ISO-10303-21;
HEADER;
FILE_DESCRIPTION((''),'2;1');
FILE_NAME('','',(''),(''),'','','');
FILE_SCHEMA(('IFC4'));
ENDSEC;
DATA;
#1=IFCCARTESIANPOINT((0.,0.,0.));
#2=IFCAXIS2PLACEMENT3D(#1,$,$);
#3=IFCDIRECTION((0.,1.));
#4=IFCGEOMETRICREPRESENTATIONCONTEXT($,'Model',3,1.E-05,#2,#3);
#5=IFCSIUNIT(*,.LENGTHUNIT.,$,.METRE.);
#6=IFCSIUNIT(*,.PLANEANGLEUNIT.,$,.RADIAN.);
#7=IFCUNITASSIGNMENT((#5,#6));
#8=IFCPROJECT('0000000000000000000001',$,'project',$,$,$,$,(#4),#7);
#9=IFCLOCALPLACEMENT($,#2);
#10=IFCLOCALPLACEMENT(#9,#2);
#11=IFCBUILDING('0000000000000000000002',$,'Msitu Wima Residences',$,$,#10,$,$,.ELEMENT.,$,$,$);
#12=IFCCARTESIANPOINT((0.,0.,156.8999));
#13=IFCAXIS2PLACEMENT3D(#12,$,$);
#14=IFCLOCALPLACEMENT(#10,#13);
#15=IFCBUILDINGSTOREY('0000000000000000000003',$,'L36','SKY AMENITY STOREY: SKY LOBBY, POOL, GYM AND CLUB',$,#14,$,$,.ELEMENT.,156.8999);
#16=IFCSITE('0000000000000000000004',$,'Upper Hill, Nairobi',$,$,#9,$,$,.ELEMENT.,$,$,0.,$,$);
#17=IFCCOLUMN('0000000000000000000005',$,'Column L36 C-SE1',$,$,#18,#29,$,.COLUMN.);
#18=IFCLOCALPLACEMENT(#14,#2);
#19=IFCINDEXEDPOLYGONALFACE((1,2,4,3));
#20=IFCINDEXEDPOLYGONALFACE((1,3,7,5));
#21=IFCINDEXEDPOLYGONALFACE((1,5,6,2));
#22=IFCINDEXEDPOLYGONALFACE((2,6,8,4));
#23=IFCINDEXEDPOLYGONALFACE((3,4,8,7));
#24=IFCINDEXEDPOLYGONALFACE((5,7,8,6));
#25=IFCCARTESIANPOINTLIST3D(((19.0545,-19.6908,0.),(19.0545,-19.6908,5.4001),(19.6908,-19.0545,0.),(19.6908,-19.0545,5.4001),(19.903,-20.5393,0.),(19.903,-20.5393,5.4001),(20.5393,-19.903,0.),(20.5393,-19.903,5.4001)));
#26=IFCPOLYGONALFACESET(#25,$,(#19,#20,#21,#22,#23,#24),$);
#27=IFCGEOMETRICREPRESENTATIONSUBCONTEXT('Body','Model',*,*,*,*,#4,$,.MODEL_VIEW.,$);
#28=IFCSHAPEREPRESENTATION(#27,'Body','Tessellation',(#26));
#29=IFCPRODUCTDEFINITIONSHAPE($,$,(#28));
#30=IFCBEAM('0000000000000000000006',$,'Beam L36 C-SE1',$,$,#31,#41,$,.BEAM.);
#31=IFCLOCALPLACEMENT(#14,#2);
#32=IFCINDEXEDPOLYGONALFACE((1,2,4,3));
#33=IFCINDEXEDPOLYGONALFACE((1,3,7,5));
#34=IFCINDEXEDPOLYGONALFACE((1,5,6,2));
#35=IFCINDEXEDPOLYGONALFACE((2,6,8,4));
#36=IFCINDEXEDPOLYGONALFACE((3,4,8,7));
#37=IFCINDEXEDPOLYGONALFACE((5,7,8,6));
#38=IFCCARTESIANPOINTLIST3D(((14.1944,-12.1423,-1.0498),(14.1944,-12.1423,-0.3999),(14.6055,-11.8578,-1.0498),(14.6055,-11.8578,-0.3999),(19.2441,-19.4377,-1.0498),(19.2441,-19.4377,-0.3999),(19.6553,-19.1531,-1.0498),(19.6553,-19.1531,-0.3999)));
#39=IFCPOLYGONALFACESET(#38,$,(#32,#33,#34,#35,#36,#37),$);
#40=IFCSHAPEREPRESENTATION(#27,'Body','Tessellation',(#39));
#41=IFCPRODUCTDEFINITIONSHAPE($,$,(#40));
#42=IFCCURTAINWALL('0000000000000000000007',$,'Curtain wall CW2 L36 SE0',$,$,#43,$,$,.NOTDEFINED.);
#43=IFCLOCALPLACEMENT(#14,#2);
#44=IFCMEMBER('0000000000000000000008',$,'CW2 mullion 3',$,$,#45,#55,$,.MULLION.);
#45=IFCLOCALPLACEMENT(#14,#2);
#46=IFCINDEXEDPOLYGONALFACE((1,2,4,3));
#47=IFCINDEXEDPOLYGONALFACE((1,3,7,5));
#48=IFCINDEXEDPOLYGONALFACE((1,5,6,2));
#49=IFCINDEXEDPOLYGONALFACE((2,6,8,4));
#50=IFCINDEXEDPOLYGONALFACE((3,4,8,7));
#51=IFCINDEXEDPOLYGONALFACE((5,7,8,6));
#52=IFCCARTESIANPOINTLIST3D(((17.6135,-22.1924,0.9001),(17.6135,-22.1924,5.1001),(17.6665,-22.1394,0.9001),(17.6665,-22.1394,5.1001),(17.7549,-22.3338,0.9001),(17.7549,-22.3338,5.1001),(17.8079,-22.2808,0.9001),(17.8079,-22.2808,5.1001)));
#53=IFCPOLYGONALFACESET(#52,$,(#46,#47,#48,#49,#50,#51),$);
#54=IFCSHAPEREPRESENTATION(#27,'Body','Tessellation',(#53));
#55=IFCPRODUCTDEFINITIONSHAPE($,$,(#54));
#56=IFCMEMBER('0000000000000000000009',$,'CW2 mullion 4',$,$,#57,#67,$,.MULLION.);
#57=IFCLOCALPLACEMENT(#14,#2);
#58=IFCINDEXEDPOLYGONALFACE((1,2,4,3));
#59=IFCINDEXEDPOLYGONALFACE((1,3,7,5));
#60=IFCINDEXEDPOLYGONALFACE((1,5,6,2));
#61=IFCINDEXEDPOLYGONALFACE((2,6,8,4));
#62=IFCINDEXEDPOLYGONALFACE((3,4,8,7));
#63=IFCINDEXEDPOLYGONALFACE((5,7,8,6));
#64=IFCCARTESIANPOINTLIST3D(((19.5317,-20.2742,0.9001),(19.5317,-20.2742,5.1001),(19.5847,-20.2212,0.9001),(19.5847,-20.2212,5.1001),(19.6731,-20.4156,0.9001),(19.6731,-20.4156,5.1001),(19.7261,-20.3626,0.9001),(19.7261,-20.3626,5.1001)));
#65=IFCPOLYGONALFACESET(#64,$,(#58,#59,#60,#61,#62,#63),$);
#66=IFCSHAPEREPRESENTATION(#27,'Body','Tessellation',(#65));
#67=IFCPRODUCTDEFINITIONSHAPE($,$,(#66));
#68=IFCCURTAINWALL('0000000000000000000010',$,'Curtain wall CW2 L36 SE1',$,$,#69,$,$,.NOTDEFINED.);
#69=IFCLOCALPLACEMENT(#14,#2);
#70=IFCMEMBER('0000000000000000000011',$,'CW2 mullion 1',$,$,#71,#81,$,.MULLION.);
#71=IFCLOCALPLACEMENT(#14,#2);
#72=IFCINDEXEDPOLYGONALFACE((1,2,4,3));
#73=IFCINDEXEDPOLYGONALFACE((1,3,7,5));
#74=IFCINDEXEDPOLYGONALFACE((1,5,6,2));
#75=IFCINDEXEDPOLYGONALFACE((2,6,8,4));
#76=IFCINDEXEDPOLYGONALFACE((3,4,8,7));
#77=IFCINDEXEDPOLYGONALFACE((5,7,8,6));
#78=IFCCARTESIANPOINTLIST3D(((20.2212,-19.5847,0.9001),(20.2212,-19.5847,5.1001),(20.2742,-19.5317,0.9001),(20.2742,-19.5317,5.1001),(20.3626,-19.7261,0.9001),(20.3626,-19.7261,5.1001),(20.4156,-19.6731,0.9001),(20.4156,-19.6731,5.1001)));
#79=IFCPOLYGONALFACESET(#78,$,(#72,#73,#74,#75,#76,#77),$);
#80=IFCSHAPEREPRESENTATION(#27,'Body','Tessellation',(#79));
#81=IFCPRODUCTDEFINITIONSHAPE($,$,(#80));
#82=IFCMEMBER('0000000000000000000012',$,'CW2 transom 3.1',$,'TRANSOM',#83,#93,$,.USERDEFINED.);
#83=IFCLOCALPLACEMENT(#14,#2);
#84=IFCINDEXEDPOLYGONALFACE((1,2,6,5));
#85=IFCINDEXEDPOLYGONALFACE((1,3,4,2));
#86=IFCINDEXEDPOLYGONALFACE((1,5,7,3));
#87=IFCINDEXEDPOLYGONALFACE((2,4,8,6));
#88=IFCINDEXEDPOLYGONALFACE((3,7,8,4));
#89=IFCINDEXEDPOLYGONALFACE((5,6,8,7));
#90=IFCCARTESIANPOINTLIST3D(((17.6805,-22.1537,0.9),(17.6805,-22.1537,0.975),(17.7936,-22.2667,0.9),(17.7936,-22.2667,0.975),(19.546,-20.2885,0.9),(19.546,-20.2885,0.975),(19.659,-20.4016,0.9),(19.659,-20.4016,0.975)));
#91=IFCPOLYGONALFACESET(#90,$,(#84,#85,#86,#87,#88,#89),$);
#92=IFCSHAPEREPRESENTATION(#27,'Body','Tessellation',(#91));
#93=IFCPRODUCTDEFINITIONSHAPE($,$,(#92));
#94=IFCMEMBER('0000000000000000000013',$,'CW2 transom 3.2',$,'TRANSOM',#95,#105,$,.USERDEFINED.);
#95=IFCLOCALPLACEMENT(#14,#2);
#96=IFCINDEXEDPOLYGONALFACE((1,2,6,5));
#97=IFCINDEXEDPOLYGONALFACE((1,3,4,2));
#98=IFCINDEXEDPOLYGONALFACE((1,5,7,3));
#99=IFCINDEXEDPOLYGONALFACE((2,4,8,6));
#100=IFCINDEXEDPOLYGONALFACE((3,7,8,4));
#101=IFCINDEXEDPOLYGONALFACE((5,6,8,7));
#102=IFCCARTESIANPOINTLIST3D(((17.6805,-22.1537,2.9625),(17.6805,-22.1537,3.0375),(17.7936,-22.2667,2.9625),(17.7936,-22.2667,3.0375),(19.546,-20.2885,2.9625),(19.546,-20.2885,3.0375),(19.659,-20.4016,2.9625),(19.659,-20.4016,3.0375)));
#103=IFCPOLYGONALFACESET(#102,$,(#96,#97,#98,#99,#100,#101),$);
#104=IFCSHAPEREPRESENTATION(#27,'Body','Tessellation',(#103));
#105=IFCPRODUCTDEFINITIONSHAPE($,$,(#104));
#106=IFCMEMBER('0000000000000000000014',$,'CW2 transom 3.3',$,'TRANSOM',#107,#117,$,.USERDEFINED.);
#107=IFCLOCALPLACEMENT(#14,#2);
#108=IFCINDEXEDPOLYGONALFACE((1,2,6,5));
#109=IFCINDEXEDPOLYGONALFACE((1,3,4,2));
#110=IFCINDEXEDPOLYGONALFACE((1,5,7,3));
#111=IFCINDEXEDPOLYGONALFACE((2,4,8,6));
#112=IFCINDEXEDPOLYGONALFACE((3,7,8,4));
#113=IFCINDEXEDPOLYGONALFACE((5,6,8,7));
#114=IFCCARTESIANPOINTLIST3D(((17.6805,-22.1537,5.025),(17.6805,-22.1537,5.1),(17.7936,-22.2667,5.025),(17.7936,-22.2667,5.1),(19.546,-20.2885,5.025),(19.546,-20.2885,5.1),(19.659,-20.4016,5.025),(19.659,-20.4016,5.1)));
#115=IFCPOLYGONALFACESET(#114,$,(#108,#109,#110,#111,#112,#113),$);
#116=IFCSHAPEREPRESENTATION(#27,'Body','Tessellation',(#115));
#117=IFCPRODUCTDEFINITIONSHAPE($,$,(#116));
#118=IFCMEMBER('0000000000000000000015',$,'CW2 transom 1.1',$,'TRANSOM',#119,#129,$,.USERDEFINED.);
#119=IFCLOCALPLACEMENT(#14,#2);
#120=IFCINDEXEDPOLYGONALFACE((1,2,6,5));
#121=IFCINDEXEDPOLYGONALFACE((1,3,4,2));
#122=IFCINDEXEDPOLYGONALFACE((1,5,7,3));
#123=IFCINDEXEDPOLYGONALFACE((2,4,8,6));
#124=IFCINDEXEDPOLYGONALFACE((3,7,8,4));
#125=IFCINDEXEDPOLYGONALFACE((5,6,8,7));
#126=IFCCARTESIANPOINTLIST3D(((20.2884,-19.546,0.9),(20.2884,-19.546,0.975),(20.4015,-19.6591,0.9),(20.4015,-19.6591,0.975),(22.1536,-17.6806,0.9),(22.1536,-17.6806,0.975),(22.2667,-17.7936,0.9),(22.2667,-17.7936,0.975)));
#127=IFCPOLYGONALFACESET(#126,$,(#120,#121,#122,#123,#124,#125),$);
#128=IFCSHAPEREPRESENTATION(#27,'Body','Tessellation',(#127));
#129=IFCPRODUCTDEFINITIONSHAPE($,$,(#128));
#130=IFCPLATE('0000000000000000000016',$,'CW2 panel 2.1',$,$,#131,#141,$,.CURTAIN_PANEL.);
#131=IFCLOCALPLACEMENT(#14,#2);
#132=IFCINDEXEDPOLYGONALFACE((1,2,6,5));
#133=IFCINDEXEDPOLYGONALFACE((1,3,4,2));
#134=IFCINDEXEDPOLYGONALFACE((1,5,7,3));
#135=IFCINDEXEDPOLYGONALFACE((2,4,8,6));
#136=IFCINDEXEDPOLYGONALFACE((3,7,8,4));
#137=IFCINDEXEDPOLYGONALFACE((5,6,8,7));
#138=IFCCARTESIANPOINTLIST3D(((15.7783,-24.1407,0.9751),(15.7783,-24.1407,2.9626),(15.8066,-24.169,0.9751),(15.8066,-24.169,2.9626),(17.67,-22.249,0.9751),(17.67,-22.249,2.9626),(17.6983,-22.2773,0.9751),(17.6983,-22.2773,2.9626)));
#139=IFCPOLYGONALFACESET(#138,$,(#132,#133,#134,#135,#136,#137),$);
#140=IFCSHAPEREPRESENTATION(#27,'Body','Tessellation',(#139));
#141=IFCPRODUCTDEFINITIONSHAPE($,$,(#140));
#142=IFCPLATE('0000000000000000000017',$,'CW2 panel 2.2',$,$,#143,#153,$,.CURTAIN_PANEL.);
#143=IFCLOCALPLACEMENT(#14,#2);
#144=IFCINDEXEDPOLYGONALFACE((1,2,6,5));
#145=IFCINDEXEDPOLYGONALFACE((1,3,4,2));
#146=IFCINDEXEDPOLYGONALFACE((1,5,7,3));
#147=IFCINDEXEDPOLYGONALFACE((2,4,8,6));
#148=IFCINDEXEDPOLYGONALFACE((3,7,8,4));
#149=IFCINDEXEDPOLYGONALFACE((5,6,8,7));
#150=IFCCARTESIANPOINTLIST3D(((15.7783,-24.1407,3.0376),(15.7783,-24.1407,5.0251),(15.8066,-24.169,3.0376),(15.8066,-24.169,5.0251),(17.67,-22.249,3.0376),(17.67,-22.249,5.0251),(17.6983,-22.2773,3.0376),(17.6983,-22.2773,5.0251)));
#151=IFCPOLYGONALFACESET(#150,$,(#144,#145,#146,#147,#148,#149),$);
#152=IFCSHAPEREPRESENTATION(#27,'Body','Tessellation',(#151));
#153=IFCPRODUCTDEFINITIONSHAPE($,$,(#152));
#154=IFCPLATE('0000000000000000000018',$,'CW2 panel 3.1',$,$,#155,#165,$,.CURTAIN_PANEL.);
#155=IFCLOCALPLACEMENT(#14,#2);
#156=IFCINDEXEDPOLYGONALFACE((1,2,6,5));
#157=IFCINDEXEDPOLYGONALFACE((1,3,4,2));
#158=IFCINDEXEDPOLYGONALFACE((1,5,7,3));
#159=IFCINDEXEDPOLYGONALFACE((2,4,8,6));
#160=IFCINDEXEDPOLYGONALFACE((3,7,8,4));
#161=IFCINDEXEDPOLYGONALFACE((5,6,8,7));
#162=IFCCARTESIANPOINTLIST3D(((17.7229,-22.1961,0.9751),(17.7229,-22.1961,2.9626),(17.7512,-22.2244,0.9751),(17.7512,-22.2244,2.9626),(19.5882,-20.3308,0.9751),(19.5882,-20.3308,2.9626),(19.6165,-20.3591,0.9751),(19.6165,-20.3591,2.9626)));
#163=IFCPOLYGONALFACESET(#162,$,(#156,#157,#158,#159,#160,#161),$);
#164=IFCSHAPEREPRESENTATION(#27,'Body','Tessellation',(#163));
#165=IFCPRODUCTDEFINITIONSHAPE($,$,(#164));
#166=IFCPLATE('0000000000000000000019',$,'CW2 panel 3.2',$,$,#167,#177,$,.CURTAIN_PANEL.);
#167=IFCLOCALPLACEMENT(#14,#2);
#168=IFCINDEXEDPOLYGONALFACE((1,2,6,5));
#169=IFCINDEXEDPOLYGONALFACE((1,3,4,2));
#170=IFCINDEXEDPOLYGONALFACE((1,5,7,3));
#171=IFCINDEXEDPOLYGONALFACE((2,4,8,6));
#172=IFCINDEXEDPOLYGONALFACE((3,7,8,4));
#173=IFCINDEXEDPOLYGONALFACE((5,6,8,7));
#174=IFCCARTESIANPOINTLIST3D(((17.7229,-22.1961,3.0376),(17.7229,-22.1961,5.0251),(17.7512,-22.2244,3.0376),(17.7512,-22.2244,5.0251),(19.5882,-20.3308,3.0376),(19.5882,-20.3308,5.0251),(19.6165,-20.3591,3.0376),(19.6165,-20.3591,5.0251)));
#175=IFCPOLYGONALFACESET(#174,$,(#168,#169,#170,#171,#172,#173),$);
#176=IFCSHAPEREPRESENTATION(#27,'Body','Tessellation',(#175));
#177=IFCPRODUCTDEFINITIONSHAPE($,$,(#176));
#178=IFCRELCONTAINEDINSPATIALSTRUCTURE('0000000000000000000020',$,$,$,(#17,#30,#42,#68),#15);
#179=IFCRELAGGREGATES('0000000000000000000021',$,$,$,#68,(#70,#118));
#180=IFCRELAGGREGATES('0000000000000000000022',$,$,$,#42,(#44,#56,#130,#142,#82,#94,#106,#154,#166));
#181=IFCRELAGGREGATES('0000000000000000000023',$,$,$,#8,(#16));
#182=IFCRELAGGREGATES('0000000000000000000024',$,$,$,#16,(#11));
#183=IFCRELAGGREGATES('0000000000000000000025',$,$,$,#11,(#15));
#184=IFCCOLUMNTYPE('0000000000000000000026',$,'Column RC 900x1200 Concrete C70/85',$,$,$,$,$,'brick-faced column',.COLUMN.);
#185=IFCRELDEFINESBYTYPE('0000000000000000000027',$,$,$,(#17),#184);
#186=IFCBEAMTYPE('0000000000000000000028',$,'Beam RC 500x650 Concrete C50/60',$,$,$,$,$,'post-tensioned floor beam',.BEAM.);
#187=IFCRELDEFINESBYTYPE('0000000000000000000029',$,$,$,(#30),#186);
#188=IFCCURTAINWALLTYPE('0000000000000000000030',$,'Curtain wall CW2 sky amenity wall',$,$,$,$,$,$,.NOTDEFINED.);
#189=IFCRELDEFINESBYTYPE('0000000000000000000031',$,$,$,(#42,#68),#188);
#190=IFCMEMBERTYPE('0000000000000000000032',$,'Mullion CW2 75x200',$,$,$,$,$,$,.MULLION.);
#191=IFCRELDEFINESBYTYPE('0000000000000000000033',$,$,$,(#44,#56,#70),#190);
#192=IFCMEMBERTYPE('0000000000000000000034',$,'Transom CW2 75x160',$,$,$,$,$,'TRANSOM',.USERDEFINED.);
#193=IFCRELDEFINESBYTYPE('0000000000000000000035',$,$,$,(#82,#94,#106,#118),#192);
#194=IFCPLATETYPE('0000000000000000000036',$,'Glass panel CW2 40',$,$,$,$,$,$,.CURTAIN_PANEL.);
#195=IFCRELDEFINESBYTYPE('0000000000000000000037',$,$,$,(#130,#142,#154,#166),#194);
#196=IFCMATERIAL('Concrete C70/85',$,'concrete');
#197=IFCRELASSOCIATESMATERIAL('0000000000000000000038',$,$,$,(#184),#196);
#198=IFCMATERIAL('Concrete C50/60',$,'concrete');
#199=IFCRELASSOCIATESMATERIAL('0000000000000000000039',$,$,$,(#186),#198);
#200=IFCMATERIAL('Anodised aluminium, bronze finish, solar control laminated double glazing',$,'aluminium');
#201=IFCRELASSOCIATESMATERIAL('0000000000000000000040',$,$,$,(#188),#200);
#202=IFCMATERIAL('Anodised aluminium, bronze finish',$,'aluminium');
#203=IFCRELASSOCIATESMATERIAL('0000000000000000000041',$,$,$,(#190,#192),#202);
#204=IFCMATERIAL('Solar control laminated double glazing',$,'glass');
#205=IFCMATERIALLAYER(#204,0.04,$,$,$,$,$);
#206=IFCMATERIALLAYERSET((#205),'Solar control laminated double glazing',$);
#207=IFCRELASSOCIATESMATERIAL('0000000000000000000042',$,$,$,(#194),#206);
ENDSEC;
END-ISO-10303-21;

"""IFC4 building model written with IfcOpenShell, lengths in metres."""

from ifc_helpers import new_model, si_unit, direction, frame, origin, origin_2d, place, context, subcontext, project, spatial, rectangle, extrude, material, layer, layer_set, material_profile, profile_set, type_object, element, aggregate, save


model = new_model("IFC4")

# Units and contexts
model_context = context("Model", 3, precision=1e-05, world=origin(), true_north=direction((0.0, 1.0)))
body_context = subcontext(model_context, "Body", "Model", "MODEL_VIEW")
ifc_project = project(units=[si_unit("LENGTHUNIT", "METRE"), si_unit("PLANEANGLEUNIT", "RADIAN")], contexts=[model_context])

# Site, building, storey
site_placement = place(None, origin())
site = spatial("IfcSite", under=ifc_project, at=site_placement, Name="Upper Hill, Nairobi", CompositionType="ELEMENT", RefElevation=0.0)
building_placement = place(site_placement, origin())
building = spatial("IfcBuilding", under=site, at=building_placement, Name="Msitu Wima Residences", CompositionType="ELEMENT")
storey_placement = place(building_placement, frame((0.0, 0.0, 156.8999)))
storey = spatial("IfcBuildingStorey", under=building, at=storey_placement, Name="L36", Description="SKY AMENITY STOREY: SKY LOBBY, POOL, GYM AND CLUB", CompositionType="ELEMENT", Elevation=156.8999)

# Column
ifc_material_1 = material(Name="Concrete C70/85", Category="concrete")
ifc_material_profile_1 = material_profile(ifc_material_1, rectangle(XDim=0.8999, YDim=1.2, at=origin_2d()), Name="RC 900x1200")
ifc_profile_set_1 = profile_set([ifc_material_profile_1], Name="Concrete C70/85")
column_type = type_object("IfcColumnType", Name="Column RC 900x1200 Concrete C70/85", ElementType="brick-faced column", PredefinedType="COLUMN", material=ifc_profile_set_1)
column_placement = place(storey_placement, frame((19.7969, -19.7969, 0.0), z_axis=(0.0, 0.0, 1.0), x_axis=(0.707107, 0.707107, 0.0)))
element("IfcColumn", 1, at=column_placement, inside=storey, type_object=column_type, Name="Column L36 C-SE1", PredefinedType="COLUMN", context=body_context, shape_type="SweptSolid", body=[
    extrude(rectangle(XDim=0.8999, YDim=1.2, at=origin_2d()), origin(), (0.0, 0.0, 1.0), 5.4001),
])

# Beam
ifc_material_2 = material(Name="Concrete C50/60", Category="concrete")
ifc_material_profile_2 = material_profile(ifc_material_2, rectangle(XDim=0.5, YDim=0.6499, at=origin_2d()), Name="RC 500x650")
ifc_profile_set_2 = profile_set([ifc_material_profile_2], Name="Concrete C50/60")
beam_type = type_object("IfcBeamType", Name="Beam RC 500x650 Concrete C50/60", ElementType="post-tensioned floor beam", PredefinedType="BEAM", material=ifc_profile_set_2)
beam_placement = place(storey_placement, frame((19.4497, -19.2954, -0.7249), z_axis=(-0.569144, 0.822238, 0.0), x_axis=(-0.822238, -0.569144, 0.0)))
element("IfcBeam", 2, at=beam_placement, inside=storey, type_object=beam_type, Name="Beam L36 C-SE1", PredefinedType="BEAM", context=body_context, shape_type="SweptSolid", body=[
    extrude(rectangle(XDim=0.5, YDim=0.6499, at=origin_2d()), origin(), (0.0, 0.0, 1.0), 8.8726),
])

# Curtain wall, members
ifc_material_3 = material(Name="Anodised aluminium, bronze finish, solar control laminated double glazing", Category="aluminium")
curtain_wall_type = type_object("IfcCurtainWallType", Name="Curtain wall CW2 sky amenity wall", PredefinedType="NOTDEFINED", material=ifc_material_3)
curtain_wall_1_placement = place(storey_placement, origin())
curtain_wall_1 = element("IfcCurtainWall", 3, at=curtain_wall_1_placement, inside=storey, type_object=curtain_wall_type, Name="Curtain wall CW2 L36 SE0", PredefinedType="NOTDEFINED")
ifc_material_4 = material(Name="Anodised aluminium, bronze finish", Category="aluminium")
ifc_material_profile_3 = material_profile(ifc_material_4, rectangle(XDim=0.2, YDim=0.075, at=origin_2d()), Name="Mullion 75x200")
ifc_profile_set_3 = profile_set([ifc_material_profile_3], Name="Anodised aluminium, bronze finish")
member_type_1 = type_object("IfcMemberType", Name="Mullion CW2 75x200", PredefinedType="MULLION", material=ifc_profile_set_3)
member_1_placement = place(storey_placement, frame((17.7107, -22.2366, 0.9001), z_axis=(0.0, 0.0, 1.0), x_axis=(-0.707107, 0.707107, 0.0)))
member_1 = element("IfcMember", 4, at=member_1_placement, type_object=member_type_1, Name="CW2 mullion 3", PredefinedType="MULLION", context=body_context, shape_type="SweptSolid", body=[
    extrude(rectangle(XDim=0.2, YDim=0.075, at=origin_2d()), origin(), (0.0, 0.0, 1.0), 4.2),
])
member_2_placement = place(storey_placement, frame((19.6289, -20.3184, 0.9001), z_axis=(0.0, 0.0, 1.0), x_axis=(-0.707107, 0.707107, 0.0)))
member_2 = element("IfcMember", 5, at=member_2_placement, type_object=member_type_1, Name="CW2 mullion 4", PredefinedType="MULLION", context=body_context, shape_type="SweptSolid", body=[
    extrude(rectangle(XDim=0.2, YDim=0.075, at=origin_2d()), origin(), (0.0, 0.0, 1.0), 4.2),
])

# Curtain wall, member
curtain_wall_2_placement = place(storey_placement, origin())
curtain_wall_2 = element("IfcCurtainWall", 6, at=curtain_wall_2_placement, inside=storey, type_object=curtain_wall_type, Name="Curtain wall CW2 L36 SE1", PredefinedType="NOTDEFINED")
member_3_placement = place(storey_placement, frame((20.3184, -19.6289, 0.9001), z_axis=(0.0, 0.0, 1.0), x_axis=(-0.707107, 0.707107, 0.0)))
member_3 = element("IfcMember", 7, at=member_3_placement, type_object=member_type_1, Name="CW2 mullion 1", PredefinedType="MULLION", context=body_context, shape_type="SweptSolid", body=[
    extrude(rectangle(XDim=0.2, YDim=0.075, at=origin_2d()), origin(), (0.0, 0.0, 1.0), 4.2),
])

# Members
ifc_material_profile_4 = material_profile(ifc_material_4, rectangle(XDim=0.1599, YDim=0.075, at=origin_2d()), Name="Transom 75x160")
ifc_profile_set_4 = profile_set([ifc_material_profile_4], Name="Anodised aluminium, bronze finish")
member_type_2 = type_object("IfcMemberType", Name="Transom CW2 75x160", ElementType="TRANSOM", PredefinedType="USERDEFINED", material=ifc_profile_set_4)
member_4_placement = place(storey_placement, frame((17.7371, -22.2102, 0.9375), z_axis=(0.707153, 0.707061, 0.0), x_axis=(-0.707061, 0.707153, 0.0)))
member_4 = element("IfcMember", 8, at=member_4_placement, type_object=member_type_2, Name="CW2 transom 3.1", ObjectType="TRANSOM", PredefinedType="USERDEFINED", context=body_context, shape_type="SweptSolid", body=[
    extrude(rectangle(XDim=0.1599, YDim=0.075, at=origin_2d()), origin(), (0.0, 0.0, 1.0), 2.6379),
])
member_5_placement = place(storey_placement, frame((17.7371, -22.2102, 3.0), z_axis=(0.707153, 0.707061, 0.0), x_axis=(-0.707061, 0.707153, 0.0)))
member_5 = element("IfcMember", 9, at=member_5_placement, type_object=member_type_2, Name="CW2 transom 3.2", ObjectType="TRANSOM", PredefinedType="USERDEFINED", context=body_context, shape_type="SweptSolid", body=[
    extrude(rectangle(XDim=0.1599, YDim=0.075, at=origin_2d()), origin(), (0.0, 0.0, 1.0), 2.6379),
])
member_6_placement = place(storey_placement, frame((17.7371, -22.2102, 5.0625), z_axis=(0.707153, 0.707061, 0.0), x_axis=(-0.707061, 0.707153, 0.0)))
member_6 = element("IfcMember", 10, at=member_6_placement, type_object=member_type_2, Name="CW2 transom 3.3", ObjectType="TRANSOM", PredefinedType="USERDEFINED", context=body_context, shape_type="SweptSolid", body=[
    extrude(rectangle(XDim=0.1599, YDim=0.075, at=origin_2d()), origin(), (0.0, 0.0, 1.0), 2.6379),
])
member_7_placement = place(storey_placement, frame((20.345, -19.6025, 0.9375), z_axis=(0.707061, 0.707153, 0.0), x_axis=(-0.707153, 0.707061, 0.0)))
member_7 = element("IfcMember", 11, at=member_7_placement, type_object=member_type_2, Name="CW2 transom 1.1", ObjectType="TRANSOM", PredefinedType="USERDEFINED", context=body_context, shape_type="SweptSolid", body=[
    extrude(rectangle(XDim=0.1599, YDim=0.075, at=origin_2d()), origin(), (0.0, 0.0, 1.0), 2.6379),
])
aggregate(curtain_wall_2, [member_3, member_7])

# Plates
ifc_material_5 = material(Name="Solar control laminated double glazing", Category="glass")
ifc_layer_1 = layer(ifc_material_5, 0.04)
ifc_layer_set_1 = layer_set([ifc_layer_1], Name="Solar control laminated double glazing")
plate_type = type_object("IfcPlateType", Name="Glass panel CW2 40", PredefinedType="CURTAIN_PANEL", material=ifc_layer_set_1)
plate_1_placement = place(storey_placement, frame((16.7383, -23.209, 0.9751), z_axis=(0.0, 0.0, 1.0), x_axis=(0.707107, 0.707107, 0.0)))
plate_1 = element("IfcPlate", 12, at=plate_1_placement, type_object=plate_type, Name="CW2 panel 2.1", PredefinedType="CURTAIN_PANEL", context=body_context, shape_type="SweptSolid", body=[
    extrude(rectangle(XDim=2.6753, YDim=0.04, at=origin_2d()), origin(), (0.0, 0.0, 1.0), 1.9875),
])
plate_2_placement = place(storey_placement, frame((16.7383, -23.209, 3.0376), z_axis=(0.0, 0.0, 1.0), x_axis=(0.707107, 0.707107, 0.0)))
plate_2 = element("IfcPlate", 13, at=plate_2_placement, type_object=plate_type, Name="CW2 panel 2.2", PredefinedType="CURTAIN_PANEL", context=body_context, shape_type="SweptSolid", body=[
    extrude(rectangle(XDim=2.6753, YDim=0.04, at=origin_2d()), origin(), (0.0, 0.0, 1.0), 1.9875),
])
plate_3_placement = place(storey_placement, frame((18.6697, -21.2776, 0.9751), z_axis=(0.0, 0.0, 1.0), x_axis=(0.707107, 0.707107, 0.0)))
plate_3 = element("IfcPlate", 14, at=plate_3_placement, type_object=plate_type, Name="CW2 panel 3.1", PredefinedType="CURTAIN_PANEL", context=body_context, shape_type="SweptSolid", body=[
    extrude(rectangle(XDim=2.6379, YDim=0.04, at=origin_2d()), origin(), (0.0, 0.0, 1.0), 1.9875),
])
plate_4_placement = place(storey_placement, frame((18.6697, -21.2776, 3.0376), z_axis=(0.0, 0.0, 1.0), x_axis=(0.707107, 0.707107, 0.0)))
plate_4 = element("IfcPlate", 15, at=plate_4_placement, type_object=plate_type, Name="CW2 panel 3.2", PredefinedType="CURTAIN_PANEL", context=body_context, shape_type="SweptSolid", body=[
    extrude(rectangle(XDim=2.6379, YDim=0.04, at=origin_2d()), origin(), (0.0, 0.0, 1.0), 1.9875),
])
aggregate(curtain_wall_1, [member_1, member_2, plate_1, plate_2, member_4, member_5, member_6, plate_3, plate_4])

save(model, "model.ifc")
